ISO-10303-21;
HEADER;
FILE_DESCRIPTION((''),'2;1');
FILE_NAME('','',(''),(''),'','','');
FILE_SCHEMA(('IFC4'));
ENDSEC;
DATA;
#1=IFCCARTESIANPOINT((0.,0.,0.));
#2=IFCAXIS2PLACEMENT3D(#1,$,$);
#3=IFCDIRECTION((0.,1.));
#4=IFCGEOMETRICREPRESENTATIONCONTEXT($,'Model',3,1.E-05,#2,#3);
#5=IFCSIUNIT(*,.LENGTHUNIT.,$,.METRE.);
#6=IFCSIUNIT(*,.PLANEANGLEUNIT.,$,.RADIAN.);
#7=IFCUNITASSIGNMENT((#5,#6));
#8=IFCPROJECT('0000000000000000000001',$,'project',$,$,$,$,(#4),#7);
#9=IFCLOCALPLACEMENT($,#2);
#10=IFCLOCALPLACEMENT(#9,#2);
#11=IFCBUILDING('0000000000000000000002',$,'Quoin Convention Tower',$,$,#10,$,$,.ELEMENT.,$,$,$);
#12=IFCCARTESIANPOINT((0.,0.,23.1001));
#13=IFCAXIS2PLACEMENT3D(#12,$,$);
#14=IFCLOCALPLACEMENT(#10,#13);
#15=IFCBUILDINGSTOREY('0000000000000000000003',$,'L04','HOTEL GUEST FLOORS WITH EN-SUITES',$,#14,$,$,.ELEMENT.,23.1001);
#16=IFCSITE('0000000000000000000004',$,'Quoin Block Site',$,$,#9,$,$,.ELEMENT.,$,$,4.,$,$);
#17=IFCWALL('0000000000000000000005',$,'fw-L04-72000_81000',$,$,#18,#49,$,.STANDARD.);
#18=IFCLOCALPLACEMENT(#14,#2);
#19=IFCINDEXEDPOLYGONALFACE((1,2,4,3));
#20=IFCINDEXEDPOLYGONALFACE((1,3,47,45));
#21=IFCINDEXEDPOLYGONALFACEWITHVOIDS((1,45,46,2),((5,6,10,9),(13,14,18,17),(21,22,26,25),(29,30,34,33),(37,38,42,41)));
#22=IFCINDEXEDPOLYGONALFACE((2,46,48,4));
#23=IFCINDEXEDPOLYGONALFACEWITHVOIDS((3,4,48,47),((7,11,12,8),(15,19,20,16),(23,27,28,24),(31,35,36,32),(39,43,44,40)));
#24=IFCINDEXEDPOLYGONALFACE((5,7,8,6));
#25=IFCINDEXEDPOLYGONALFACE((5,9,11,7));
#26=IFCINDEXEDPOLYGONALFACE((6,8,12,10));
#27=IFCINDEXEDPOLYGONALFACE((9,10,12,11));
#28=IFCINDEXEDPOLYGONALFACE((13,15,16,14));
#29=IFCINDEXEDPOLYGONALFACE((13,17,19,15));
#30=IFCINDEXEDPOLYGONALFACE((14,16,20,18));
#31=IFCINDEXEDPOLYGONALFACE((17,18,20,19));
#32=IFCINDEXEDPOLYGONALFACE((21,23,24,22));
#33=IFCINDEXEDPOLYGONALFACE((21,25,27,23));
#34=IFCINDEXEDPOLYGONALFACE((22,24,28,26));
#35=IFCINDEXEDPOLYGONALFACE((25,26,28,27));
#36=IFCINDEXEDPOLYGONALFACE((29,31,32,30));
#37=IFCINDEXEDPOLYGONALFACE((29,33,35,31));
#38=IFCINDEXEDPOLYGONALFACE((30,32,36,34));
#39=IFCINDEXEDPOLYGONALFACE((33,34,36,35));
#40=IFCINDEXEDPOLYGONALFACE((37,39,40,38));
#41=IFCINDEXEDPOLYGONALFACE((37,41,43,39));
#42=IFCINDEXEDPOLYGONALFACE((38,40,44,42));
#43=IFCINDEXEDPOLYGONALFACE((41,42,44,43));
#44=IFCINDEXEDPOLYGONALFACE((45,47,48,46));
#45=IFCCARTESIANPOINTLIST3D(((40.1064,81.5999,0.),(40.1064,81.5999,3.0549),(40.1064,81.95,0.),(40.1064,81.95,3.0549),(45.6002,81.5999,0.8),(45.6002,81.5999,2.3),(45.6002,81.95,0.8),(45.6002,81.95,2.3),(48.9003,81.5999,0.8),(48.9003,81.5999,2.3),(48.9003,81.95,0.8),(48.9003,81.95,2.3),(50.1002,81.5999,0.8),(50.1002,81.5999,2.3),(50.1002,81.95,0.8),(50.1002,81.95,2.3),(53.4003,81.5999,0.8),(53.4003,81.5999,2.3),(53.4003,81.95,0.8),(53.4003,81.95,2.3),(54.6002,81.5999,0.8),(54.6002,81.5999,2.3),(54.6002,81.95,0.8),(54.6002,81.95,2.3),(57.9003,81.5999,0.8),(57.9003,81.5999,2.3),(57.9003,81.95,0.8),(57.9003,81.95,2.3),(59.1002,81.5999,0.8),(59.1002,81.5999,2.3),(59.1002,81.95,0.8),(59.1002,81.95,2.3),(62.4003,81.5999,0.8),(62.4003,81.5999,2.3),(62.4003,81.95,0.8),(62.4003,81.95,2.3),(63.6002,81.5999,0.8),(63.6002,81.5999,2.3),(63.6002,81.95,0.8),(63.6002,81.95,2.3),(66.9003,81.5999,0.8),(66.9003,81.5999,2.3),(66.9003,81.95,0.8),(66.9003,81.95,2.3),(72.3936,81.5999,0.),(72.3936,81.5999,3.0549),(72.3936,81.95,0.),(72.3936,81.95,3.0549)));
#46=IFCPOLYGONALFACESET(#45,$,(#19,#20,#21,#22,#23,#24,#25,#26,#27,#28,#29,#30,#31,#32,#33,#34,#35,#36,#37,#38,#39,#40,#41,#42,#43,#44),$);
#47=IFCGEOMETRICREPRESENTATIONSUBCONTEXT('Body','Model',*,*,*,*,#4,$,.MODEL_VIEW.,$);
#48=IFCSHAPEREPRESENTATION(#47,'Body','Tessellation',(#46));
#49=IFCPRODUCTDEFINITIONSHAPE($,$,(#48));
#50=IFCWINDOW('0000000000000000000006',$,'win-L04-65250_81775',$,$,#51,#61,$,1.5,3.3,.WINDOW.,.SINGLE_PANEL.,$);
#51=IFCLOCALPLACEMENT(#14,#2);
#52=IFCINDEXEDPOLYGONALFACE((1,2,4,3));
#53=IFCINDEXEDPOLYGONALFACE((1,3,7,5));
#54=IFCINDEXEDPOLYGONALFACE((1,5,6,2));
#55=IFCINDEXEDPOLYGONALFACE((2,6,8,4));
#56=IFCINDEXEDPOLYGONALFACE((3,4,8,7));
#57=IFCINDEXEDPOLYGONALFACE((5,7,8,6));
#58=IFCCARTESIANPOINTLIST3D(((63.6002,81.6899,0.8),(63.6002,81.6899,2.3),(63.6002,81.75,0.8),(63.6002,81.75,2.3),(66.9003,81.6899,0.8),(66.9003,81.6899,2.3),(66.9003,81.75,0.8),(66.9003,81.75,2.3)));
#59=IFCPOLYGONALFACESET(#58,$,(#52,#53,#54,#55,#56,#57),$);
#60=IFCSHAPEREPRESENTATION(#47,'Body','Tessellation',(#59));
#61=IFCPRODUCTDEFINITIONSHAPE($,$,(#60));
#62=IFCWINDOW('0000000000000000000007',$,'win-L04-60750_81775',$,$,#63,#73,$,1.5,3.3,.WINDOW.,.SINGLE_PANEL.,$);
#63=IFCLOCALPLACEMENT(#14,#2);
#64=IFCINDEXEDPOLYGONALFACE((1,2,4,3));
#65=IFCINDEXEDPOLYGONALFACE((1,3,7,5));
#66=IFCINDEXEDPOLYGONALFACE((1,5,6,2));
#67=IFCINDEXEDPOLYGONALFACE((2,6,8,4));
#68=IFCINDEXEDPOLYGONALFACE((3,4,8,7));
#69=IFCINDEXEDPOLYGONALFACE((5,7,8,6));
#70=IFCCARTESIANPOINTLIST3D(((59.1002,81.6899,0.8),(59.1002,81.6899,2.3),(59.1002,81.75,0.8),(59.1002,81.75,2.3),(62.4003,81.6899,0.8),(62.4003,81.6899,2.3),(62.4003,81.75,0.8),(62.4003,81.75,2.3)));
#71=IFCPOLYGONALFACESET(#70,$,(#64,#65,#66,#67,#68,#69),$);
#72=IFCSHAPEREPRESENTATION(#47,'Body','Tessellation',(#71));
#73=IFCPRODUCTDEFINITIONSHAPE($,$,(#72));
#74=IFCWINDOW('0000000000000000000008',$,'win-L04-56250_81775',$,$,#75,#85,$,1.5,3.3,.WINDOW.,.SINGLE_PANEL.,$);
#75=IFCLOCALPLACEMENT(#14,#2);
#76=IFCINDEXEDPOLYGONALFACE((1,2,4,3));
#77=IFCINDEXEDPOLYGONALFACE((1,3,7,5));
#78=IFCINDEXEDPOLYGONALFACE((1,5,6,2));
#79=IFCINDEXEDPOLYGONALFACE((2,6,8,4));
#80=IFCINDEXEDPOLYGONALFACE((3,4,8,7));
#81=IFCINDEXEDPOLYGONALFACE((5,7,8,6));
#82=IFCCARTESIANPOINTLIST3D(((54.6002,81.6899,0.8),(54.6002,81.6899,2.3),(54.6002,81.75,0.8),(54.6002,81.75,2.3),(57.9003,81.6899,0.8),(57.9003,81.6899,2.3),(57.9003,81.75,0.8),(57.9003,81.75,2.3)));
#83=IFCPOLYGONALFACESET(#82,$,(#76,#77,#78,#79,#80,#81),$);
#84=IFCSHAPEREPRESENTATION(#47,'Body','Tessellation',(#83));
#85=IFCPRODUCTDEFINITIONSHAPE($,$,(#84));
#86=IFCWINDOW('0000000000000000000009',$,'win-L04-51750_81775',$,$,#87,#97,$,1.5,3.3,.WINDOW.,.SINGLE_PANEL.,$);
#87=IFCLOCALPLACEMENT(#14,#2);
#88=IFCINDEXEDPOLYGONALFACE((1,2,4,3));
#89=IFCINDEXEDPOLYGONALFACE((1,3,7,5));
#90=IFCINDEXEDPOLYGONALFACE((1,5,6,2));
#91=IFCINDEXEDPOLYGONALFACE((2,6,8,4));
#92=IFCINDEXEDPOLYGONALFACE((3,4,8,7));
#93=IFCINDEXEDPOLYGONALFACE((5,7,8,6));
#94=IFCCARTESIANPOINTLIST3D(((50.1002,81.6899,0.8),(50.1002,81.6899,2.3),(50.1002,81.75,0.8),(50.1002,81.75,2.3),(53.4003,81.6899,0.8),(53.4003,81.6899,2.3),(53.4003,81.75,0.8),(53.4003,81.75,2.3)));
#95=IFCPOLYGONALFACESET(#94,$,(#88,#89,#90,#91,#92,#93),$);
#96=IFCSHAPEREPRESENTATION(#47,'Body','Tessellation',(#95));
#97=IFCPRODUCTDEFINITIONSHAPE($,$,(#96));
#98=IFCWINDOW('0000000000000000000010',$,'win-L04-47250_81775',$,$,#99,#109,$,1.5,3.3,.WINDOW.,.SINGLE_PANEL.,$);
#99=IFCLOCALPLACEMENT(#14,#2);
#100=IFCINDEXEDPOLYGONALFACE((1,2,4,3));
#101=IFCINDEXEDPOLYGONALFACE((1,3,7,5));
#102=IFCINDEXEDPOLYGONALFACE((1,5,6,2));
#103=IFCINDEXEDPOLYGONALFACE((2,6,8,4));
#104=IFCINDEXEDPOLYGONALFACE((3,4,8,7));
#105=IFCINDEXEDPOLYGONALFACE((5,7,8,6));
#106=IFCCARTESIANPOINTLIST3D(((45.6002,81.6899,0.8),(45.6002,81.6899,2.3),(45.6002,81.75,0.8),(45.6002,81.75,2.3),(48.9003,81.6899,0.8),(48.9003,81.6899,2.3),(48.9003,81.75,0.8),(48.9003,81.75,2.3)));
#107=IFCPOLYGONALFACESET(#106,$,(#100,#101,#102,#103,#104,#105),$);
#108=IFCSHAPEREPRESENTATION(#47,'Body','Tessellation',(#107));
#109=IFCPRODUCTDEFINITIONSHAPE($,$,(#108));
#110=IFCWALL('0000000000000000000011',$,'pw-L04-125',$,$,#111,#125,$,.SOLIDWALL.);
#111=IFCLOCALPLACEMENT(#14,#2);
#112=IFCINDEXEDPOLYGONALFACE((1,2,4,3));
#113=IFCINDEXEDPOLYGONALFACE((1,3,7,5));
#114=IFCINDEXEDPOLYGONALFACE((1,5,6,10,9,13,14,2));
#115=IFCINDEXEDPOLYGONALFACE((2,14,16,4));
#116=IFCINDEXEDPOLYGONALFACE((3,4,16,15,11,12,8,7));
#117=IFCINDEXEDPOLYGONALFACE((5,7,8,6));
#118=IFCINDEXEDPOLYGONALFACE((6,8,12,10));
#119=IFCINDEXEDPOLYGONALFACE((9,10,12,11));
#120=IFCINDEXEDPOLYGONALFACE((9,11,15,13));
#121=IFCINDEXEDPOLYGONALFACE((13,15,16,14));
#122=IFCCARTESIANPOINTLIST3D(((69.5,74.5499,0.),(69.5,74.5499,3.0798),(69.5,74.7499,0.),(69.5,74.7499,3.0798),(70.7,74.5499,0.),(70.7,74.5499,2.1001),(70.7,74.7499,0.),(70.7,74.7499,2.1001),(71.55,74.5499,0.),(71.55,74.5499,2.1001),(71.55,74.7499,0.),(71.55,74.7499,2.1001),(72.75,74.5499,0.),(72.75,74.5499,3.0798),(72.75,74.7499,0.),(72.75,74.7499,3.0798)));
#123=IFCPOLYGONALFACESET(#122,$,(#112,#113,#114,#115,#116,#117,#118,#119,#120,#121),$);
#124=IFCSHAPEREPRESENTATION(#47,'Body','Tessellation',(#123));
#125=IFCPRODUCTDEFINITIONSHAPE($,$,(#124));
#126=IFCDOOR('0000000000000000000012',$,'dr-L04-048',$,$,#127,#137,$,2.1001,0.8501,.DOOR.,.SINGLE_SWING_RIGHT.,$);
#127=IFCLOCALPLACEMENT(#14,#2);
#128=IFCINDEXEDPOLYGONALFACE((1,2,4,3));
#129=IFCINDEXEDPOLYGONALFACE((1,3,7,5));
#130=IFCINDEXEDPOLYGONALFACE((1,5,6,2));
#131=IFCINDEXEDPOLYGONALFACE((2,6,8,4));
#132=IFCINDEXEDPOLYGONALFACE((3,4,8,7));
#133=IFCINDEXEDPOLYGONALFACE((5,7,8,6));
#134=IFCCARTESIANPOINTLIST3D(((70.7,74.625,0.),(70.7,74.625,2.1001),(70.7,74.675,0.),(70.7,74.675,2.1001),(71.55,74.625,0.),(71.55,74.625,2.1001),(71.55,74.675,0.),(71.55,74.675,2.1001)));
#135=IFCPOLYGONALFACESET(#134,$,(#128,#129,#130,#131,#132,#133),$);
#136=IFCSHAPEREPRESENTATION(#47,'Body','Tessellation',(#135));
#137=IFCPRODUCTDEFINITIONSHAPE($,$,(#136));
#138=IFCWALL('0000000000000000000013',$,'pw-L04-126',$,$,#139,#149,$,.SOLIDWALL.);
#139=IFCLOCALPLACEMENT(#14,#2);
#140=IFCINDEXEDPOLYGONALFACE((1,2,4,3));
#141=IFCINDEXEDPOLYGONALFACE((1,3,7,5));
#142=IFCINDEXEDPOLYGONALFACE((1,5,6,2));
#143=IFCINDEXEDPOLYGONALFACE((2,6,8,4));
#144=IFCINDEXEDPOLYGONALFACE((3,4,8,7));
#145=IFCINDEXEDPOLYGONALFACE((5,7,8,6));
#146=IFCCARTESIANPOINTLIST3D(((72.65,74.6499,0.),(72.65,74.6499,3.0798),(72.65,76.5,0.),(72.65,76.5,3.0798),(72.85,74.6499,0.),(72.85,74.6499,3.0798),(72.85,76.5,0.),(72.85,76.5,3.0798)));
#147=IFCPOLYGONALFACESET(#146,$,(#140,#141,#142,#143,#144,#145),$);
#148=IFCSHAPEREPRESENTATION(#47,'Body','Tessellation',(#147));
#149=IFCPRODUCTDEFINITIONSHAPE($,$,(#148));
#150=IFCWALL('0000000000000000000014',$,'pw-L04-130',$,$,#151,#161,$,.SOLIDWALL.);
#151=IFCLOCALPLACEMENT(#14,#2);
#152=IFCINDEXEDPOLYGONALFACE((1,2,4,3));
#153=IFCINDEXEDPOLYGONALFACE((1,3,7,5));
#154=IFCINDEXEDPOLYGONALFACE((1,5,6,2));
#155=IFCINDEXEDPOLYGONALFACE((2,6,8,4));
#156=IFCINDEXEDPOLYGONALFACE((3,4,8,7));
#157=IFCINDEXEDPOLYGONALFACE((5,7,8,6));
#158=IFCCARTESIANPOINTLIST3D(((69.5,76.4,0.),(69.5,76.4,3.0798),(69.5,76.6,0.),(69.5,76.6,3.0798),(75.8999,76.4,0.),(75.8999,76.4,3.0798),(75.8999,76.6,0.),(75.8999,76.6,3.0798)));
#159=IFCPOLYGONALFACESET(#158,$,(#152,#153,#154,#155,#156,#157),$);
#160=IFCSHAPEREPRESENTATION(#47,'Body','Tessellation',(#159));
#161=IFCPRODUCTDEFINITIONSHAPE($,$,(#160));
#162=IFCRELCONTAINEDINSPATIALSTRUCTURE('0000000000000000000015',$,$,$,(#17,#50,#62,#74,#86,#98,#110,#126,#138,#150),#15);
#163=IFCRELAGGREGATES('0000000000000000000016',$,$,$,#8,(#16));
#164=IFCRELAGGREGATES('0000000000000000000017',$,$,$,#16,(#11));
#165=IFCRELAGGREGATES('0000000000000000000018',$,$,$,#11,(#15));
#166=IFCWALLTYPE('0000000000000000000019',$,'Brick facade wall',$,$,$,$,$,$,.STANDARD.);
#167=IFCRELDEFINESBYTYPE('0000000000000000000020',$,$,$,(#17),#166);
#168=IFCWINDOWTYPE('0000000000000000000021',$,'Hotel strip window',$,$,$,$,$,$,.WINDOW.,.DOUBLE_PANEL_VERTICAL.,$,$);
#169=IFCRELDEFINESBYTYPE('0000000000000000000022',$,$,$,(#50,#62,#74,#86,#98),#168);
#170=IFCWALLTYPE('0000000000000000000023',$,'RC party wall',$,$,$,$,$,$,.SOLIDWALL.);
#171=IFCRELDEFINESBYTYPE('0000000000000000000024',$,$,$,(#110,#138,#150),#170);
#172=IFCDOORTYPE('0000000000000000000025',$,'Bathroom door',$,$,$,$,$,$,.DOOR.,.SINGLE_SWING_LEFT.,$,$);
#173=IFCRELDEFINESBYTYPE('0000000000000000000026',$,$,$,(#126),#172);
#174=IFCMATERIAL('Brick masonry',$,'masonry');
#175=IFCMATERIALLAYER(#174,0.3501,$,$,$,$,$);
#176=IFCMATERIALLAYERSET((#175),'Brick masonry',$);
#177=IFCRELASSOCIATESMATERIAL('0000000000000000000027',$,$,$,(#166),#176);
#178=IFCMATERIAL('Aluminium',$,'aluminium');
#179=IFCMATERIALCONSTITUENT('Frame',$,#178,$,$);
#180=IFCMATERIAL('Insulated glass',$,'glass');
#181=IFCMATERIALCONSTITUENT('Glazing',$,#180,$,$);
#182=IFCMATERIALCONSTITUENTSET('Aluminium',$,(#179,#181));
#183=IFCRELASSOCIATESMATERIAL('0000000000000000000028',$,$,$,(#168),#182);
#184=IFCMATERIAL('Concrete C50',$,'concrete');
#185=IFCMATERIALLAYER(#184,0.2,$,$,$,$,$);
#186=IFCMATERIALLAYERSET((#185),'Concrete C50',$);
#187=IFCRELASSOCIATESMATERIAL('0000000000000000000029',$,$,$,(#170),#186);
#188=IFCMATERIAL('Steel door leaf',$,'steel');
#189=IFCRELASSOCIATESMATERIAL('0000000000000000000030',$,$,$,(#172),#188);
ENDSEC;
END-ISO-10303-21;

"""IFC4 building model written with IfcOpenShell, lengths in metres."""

from ifc_helpers import new_model, si_unit, direction, frame, frame_2d, origin, place, context, subcontext, project, spatial, rectangle, extrude, material, layer, layer_set, constituent, constituent_set, type_object, element, fill, save


model = new_model("IFC4")

# Units and contexts
model_context = context("Model", 3, precision=1e-05, world=origin(), true_north=direction((0.0, 1.0)))
body_context = subcontext(model_context, "Body", "Model", "MODEL_VIEW")
ifc_project = project(units=[si_unit("LENGTHUNIT", "METRE"), si_unit("PLANEANGLEUNIT", "RADIAN")], contexts=[model_context])

# Site, building, storey
site_placement = place(None, origin())
site = spatial("IfcSite", under=ifc_project, at=site_placement, Name="Quoin Block Site", CompositionType="ELEMENT", RefElevation=4.0)
building_placement = place(site_placement, origin())
building = spatial("IfcBuilding", under=site, at=building_placement, Name="Quoin Convention Tower", CompositionType="ELEMENT")
storey_placement = place(building_placement, frame((0.0, 0.0, 23.1001)))
storey = spatial("IfcBuildingStorey", under=building, at=storey_placement, Name="L04", Description="HOTEL GUEST FLOORS WITH EN-SUITES", CompositionType="ELEMENT", Elevation=23.1001)

# Shared definitions
ifc_material_1 = material(Name="Brick masonry", Category="masonry")
ifc_layer_1 = layer(ifc_material_1, 0.3501)
ifc_layer_set_1 = layer_set([ifc_layer_1], Name="Brick masonry")
wall_type_1 = type_object("IfcWallType", Name="Brick facade wall", PredefinedType="STANDARD", material=ifc_layer_set_1)
ifc_material_2 = material(Name="Aluminium", Category="aluminium")
ifc_constituent_1 = constituent(ifc_material_2, Name="Frame")
ifc_material_3 = material(Name="Insulated glass", Category="glass")
ifc_constituent_2 = constituent(ifc_material_3, Name="Glazing")
ifc_constituent_set = constituent_set(constituents=[ifc_constituent_1, ifc_constituent_2], Name="Aluminium")
window_type = type_object("IfcWindowType", Name="Hotel strip window", PartitioningType="DOUBLE_PANEL_VERTICAL", PredefinedType="WINDOW", material=ifc_constituent_set)

# Wall, openings, windows
wall_1_placement = place(storey_placement, frame((72.3936, 81.7749, 0.0), z_axis=(0.0, 0.0, 1.0), x_axis=(-1.0, 0.0, 0.0)))
wall_1 = element("IfcWall", 1, at=wall_1_placement, inside=storey, type_object=wall_type_1, Name="fw-L04-72000_81000", PredefinedType="STANDARD", context=body_context, shape_type="SweptSolid", body=[
    extrude(rectangle(XDim=32.2871, YDim=0.3501, at=frame_2d((16.1436, 0.0))), origin(), (0.0, 0.0, 1.0), 3.0549),
])
opening_1_placement = place(wall_1_placement, frame((5.4934, 0.0, 0.8)))
opening_1 = element("IfcOpeningElement", 2, at=opening_1_placement, cuts=wall_1, PredefinedType="OPENING", context=body_context, shape_type="SweptSolid", body=[
    extrude(rectangle(XDim=3.3, YDim=1.5, at=frame_2d((1.6499, 0.75))), frame((0.0, 0.1851, 0.0), z_axis=(0.0, -1.0, 0.0), x_axis=(1.0, 0.0, 0.0)), (0.0, 0.0, 1.0), 0.3701),
])
opening_2_placement = place(wall_1_placement, frame((9.9934, 0.0, 0.8)))
opening_2 = element("IfcOpeningElement", 3, at=opening_2_placement, cuts=wall_1, PredefinedType="OPENING", context=body_context, shape_type="SweptSolid", body=[
    extrude(rectangle(XDim=3.3, YDim=1.5, at=frame_2d((1.6499, 0.75))), frame((0.0, 0.1851, 0.0), z_axis=(0.0, -1.0, 0.0), x_axis=(1.0, 0.0, 0.0)), (0.0, 0.0, 1.0), 0.3701),
])
opening_3_placement = place(wall_1_placement, frame((14.4934, 0.0, 0.8)))
opening_3 = element("IfcOpeningElement", 4, at=opening_3_placement, cuts=wall_1, PredefinedType="OPENING", context=body_context, shape_type="SweptSolid", body=[
    extrude(rectangle(XDim=3.3, YDim=1.5, at=frame_2d((1.6499, 0.75))), frame((0.0, 0.1851, 0.0), z_axis=(0.0, -1.0, 0.0), x_axis=(1.0, 0.0, 0.0)), (0.0, 0.0, 1.0), 0.3701),
])
opening_4_placement = place(wall_1_placement, frame((18.9934, 0.0, 0.8)))
opening_4 = element("IfcOpeningElement", 5, at=opening_4_placement, cuts=wall_1, PredefinedType="OPENING", context=body_context, shape_type="SweptSolid", body=[
    extrude(rectangle(XDim=3.3, YDim=1.5, at=frame_2d((1.6499, 0.75))), frame((0.0, 0.1851, 0.0), z_axis=(0.0, -1.0, 0.0), x_axis=(1.0, 0.0, 0.0)), (0.0, 0.0, 1.0), 0.3701),
])
opening_5_placement = place(wall_1_placement, frame((23.4934, 0.0, 0.8)))
opening_5 = element("IfcOpeningElement", 6, at=opening_5_placement, cuts=wall_1, PredefinedType="OPENING", context=body_context, shape_type="SweptSolid", body=[
    extrude(rectangle(XDim=3.3, YDim=1.5, at=frame_2d((1.6499, 0.75))), frame((0.0, 0.1851, 0.0), z_axis=(0.0, -1.0, 0.0), x_axis=(1.0, 0.0, 0.0)), (0.0, 0.0, 1.0), 0.3701),
])
window_1_placement = place(opening_1_placement, origin())
window_1 = element("IfcWindow", 7, at=window_1_placement, inside=storey, type_object=window_type, Name="win-L04-65250_81775", OverallHeight=1.5, OverallWidth=3.3, PartitioningType="SINGLE_PANEL", PredefinedType="WINDOW", context=body_context, shape_type="SweptSolid", body=[
    extrude(rectangle(XDim=3.3, YDim=1.5, at=frame_2d((1.6499, 0.75))), frame((0.0, 0.085, 0.0), z_axis=(0.0, -1.0, 0.0), x_axis=(1.0, 0.0, 0.0)), (0.0, 0.0, 1.0), 0.0601),
])
fill(opening_1, window_1)
window_2_placement = place(opening_2_placement, origin())
window_2 = element("IfcWindow", 8, at=window_2_placement, inside=storey, type_object=window_type, Name="win-L04-60750_81775", OverallHeight=1.5, OverallWidth=3.3, PartitioningType="SINGLE_PANEL", PredefinedType="WINDOW", context=body_context, shape_type="SweptSolid", body=[
    extrude(rectangle(XDim=3.3, YDim=1.5, at=frame_2d((1.6499, 0.75))), frame((0.0, 0.085, 0.0), z_axis=(0.0, -1.0, 0.0), x_axis=(1.0, 0.0, 0.0)), (0.0, 0.0, 1.0), 0.0601),
])
fill(opening_2, window_2)
window_3_placement = place(opening_3_placement, origin())
window_3 = element("IfcWindow", 9, at=window_3_placement, inside=storey, type_object=window_type, Name="win-L04-56250_81775", OverallHeight=1.5, OverallWidth=3.3, PartitioningType="SINGLE_PANEL", PredefinedType="WINDOW", context=body_context, shape_type="SweptSolid", body=[
    extrude(rectangle(XDim=3.3, YDim=1.5, at=frame_2d((1.6499, 0.75))), frame((0.0, 0.085, 0.0), z_axis=(0.0, -1.0, 0.0), x_axis=(1.0, 0.0, 0.0)), (0.0, 0.0, 1.0), 0.0601),
])
fill(opening_3, window_3)
window_4_placement = place(opening_4_placement, origin())
window_4 = element("IfcWindow", 10, at=window_4_placement, inside=storey, type_object=window_type, Name="win-L04-51750_81775", OverallHeight=1.5, OverallWidth=3.3, PartitioningType="SINGLE_PANEL", PredefinedType="WINDOW", context=body_context, shape_type="SweptSolid", body=[
    extrude(rectangle(XDim=3.3, YDim=1.5, at=frame_2d((1.6499, 0.75))), frame((0.0, 0.085, 0.0), z_axis=(0.0, -1.0, 0.0), x_axis=(1.0, 0.0, 0.0)), (0.0, 0.0, 1.0), 0.0601),
])
fill(opening_4, window_4)
window_5_placement = place(opening_5_placement, origin())
window_5 = element("IfcWindow", 11, at=window_5_placement, inside=storey, type_object=window_type, Name="win-L04-47250_81775", OverallHeight=1.5, OverallWidth=3.3, PartitioningType="SINGLE_PANEL", PredefinedType="WINDOW", context=body_context, shape_type="SweptSolid", body=[
    extrude(rectangle(XDim=3.3, YDim=1.5, at=frame_2d((1.6499, 0.75))), frame((0.0, 0.085, 0.0), z_axis=(0.0, -1.0, 0.0), x_axis=(1.0, 0.0, 0.0)), (0.0, 0.0, 1.0), 0.0601),
])
fill(opening_5, window_5)

# Wall, opening, door
ifc_material_4 = material(Name="Concrete C50", Category="concrete")
ifc_layer_2 = layer(ifc_material_4, 0.2)
ifc_layer_set_2 = layer_set([ifc_layer_2], Name="Concrete C50")
wall_type_2 = type_object("IfcWallType", Name="RC party wall", PredefinedType="SOLIDWALL", material=ifc_layer_set_2)
wall_2_placement = place(storey_placement, frame((69.5, 74.6499, 0.0), z_axis=(0.0, 0.0, 1.0), x_axis=(1.0, 0.0, 0.0)))
wall_2 = element("IfcWall", 12, at=wall_2_placement, inside=storey, type_object=wall_type_2, Name="pw-L04-125", PredefinedType="SOLIDWALL", context=body_context, shape_type="SweptSolid", body=[
    extrude(rectangle(XDim=3.25, YDim=0.2, at=frame_2d((1.625, 0.0))), origin(), (0.0, 0.0, 1.0), 3.0798),
])
opening_6_placement = place(wall_2_placement, frame((1.2, 0.0, 0.0)))
opening_6 = element("IfcOpeningElement", 13, at=opening_6_placement, cuts=wall_2, PredefinedType="OPENING", context=body_context, shape_type="SweptSolid", body=[
    extrude(rectangle(XDim=0.8501, YDim=2.1001, at=frame_2d((0.425, 1.05))), frame((0.0, 0.1099, 0.0), z_axis=(0.0, -1.0, 0.0), x_axis=(1.0, 0.0, 0.0)), (0.0, 0.0, 1.0), 0.22),
])
ifc_material_5 = material(Name="Steel door leaf", Category="steel")
door_type = type_object("IfcDoorType", Name="Bathroom door", OperationType="SINGLE_SWING_LEFT", PredefinedType="DOOR", material=ifc_material_5)
door_1_placement = place(opening_6_placement, frame((0.8501, 0.0, 0.0), z_axis=(0.0, 0.0, 1.0), x_axis=(-1.0, 0.0, 0.0)))
door_1 = element("IfcDoor", 14, at=door_1_placement, inside=storey, type_object=door_type, Name="dr-L04-048", OperationType="SINGLE_SWING_RIGHT", OverallHeight=2.1001, OverallWidth=0.8501, PredefinedType="DOOR", context=body_context, shape_type="SweptSolid", body=[
    extrude(rectangle(XDim=0.8501, YDim=2.1001, at=frame_2d((0.425, 1.05))), frame((0.0, 0.0249, 0.0), z_axis=(0.0, -1.0, 0.0), x_axis=(1.0, 0.0, 0.0)), (0.0, 0.0, 1.0), 0.05),
])
fill(opening_6, door_1)

# Walls
wall_3_placement = place(storey_placement, frame((72.75, 74.6499, 0.0), z_axis=(0.0, 0.0, 1.0), x_axis=(0.0, 1.0, 0.0)))
element("IfcWall", 15, at=wall_3_placement, inside=storey, type_object=wall_type_2, Name="pw-L04-126", PredefinedType="SOLIDWALL", context=body_context, shape_type="SweptSolid", body=[
    extrude(rectangle(XDim=1.8501, YDim=0.2, at=frame_2d((0.925, 0.0))), origin(), (0.0, 0.0, 1.0), 3.0798),
])
wall_4_placement = place(storey_placement, frame((69.5, 76.5, 0.0), z_axis=(0.0, 0.0, 1.0), x_axis=(1.0, 0.0, 0.0)))
element("IfcWall", 16, at=wall_4_placement, inside=storey, type_object=wall_type_2, Name="pw-L04-130", PredefinedType="SOLIDWALL", context=body_context, shape_type="SweptSolid", body=[
    extrude(rectangle(XDim=6.3999, YDim=0.2, at=frame_2d((3.2, 0.0))), origin(), (0.0, 0.0, 1.0), 3.0798),
])

save(model, "model.ifc")
